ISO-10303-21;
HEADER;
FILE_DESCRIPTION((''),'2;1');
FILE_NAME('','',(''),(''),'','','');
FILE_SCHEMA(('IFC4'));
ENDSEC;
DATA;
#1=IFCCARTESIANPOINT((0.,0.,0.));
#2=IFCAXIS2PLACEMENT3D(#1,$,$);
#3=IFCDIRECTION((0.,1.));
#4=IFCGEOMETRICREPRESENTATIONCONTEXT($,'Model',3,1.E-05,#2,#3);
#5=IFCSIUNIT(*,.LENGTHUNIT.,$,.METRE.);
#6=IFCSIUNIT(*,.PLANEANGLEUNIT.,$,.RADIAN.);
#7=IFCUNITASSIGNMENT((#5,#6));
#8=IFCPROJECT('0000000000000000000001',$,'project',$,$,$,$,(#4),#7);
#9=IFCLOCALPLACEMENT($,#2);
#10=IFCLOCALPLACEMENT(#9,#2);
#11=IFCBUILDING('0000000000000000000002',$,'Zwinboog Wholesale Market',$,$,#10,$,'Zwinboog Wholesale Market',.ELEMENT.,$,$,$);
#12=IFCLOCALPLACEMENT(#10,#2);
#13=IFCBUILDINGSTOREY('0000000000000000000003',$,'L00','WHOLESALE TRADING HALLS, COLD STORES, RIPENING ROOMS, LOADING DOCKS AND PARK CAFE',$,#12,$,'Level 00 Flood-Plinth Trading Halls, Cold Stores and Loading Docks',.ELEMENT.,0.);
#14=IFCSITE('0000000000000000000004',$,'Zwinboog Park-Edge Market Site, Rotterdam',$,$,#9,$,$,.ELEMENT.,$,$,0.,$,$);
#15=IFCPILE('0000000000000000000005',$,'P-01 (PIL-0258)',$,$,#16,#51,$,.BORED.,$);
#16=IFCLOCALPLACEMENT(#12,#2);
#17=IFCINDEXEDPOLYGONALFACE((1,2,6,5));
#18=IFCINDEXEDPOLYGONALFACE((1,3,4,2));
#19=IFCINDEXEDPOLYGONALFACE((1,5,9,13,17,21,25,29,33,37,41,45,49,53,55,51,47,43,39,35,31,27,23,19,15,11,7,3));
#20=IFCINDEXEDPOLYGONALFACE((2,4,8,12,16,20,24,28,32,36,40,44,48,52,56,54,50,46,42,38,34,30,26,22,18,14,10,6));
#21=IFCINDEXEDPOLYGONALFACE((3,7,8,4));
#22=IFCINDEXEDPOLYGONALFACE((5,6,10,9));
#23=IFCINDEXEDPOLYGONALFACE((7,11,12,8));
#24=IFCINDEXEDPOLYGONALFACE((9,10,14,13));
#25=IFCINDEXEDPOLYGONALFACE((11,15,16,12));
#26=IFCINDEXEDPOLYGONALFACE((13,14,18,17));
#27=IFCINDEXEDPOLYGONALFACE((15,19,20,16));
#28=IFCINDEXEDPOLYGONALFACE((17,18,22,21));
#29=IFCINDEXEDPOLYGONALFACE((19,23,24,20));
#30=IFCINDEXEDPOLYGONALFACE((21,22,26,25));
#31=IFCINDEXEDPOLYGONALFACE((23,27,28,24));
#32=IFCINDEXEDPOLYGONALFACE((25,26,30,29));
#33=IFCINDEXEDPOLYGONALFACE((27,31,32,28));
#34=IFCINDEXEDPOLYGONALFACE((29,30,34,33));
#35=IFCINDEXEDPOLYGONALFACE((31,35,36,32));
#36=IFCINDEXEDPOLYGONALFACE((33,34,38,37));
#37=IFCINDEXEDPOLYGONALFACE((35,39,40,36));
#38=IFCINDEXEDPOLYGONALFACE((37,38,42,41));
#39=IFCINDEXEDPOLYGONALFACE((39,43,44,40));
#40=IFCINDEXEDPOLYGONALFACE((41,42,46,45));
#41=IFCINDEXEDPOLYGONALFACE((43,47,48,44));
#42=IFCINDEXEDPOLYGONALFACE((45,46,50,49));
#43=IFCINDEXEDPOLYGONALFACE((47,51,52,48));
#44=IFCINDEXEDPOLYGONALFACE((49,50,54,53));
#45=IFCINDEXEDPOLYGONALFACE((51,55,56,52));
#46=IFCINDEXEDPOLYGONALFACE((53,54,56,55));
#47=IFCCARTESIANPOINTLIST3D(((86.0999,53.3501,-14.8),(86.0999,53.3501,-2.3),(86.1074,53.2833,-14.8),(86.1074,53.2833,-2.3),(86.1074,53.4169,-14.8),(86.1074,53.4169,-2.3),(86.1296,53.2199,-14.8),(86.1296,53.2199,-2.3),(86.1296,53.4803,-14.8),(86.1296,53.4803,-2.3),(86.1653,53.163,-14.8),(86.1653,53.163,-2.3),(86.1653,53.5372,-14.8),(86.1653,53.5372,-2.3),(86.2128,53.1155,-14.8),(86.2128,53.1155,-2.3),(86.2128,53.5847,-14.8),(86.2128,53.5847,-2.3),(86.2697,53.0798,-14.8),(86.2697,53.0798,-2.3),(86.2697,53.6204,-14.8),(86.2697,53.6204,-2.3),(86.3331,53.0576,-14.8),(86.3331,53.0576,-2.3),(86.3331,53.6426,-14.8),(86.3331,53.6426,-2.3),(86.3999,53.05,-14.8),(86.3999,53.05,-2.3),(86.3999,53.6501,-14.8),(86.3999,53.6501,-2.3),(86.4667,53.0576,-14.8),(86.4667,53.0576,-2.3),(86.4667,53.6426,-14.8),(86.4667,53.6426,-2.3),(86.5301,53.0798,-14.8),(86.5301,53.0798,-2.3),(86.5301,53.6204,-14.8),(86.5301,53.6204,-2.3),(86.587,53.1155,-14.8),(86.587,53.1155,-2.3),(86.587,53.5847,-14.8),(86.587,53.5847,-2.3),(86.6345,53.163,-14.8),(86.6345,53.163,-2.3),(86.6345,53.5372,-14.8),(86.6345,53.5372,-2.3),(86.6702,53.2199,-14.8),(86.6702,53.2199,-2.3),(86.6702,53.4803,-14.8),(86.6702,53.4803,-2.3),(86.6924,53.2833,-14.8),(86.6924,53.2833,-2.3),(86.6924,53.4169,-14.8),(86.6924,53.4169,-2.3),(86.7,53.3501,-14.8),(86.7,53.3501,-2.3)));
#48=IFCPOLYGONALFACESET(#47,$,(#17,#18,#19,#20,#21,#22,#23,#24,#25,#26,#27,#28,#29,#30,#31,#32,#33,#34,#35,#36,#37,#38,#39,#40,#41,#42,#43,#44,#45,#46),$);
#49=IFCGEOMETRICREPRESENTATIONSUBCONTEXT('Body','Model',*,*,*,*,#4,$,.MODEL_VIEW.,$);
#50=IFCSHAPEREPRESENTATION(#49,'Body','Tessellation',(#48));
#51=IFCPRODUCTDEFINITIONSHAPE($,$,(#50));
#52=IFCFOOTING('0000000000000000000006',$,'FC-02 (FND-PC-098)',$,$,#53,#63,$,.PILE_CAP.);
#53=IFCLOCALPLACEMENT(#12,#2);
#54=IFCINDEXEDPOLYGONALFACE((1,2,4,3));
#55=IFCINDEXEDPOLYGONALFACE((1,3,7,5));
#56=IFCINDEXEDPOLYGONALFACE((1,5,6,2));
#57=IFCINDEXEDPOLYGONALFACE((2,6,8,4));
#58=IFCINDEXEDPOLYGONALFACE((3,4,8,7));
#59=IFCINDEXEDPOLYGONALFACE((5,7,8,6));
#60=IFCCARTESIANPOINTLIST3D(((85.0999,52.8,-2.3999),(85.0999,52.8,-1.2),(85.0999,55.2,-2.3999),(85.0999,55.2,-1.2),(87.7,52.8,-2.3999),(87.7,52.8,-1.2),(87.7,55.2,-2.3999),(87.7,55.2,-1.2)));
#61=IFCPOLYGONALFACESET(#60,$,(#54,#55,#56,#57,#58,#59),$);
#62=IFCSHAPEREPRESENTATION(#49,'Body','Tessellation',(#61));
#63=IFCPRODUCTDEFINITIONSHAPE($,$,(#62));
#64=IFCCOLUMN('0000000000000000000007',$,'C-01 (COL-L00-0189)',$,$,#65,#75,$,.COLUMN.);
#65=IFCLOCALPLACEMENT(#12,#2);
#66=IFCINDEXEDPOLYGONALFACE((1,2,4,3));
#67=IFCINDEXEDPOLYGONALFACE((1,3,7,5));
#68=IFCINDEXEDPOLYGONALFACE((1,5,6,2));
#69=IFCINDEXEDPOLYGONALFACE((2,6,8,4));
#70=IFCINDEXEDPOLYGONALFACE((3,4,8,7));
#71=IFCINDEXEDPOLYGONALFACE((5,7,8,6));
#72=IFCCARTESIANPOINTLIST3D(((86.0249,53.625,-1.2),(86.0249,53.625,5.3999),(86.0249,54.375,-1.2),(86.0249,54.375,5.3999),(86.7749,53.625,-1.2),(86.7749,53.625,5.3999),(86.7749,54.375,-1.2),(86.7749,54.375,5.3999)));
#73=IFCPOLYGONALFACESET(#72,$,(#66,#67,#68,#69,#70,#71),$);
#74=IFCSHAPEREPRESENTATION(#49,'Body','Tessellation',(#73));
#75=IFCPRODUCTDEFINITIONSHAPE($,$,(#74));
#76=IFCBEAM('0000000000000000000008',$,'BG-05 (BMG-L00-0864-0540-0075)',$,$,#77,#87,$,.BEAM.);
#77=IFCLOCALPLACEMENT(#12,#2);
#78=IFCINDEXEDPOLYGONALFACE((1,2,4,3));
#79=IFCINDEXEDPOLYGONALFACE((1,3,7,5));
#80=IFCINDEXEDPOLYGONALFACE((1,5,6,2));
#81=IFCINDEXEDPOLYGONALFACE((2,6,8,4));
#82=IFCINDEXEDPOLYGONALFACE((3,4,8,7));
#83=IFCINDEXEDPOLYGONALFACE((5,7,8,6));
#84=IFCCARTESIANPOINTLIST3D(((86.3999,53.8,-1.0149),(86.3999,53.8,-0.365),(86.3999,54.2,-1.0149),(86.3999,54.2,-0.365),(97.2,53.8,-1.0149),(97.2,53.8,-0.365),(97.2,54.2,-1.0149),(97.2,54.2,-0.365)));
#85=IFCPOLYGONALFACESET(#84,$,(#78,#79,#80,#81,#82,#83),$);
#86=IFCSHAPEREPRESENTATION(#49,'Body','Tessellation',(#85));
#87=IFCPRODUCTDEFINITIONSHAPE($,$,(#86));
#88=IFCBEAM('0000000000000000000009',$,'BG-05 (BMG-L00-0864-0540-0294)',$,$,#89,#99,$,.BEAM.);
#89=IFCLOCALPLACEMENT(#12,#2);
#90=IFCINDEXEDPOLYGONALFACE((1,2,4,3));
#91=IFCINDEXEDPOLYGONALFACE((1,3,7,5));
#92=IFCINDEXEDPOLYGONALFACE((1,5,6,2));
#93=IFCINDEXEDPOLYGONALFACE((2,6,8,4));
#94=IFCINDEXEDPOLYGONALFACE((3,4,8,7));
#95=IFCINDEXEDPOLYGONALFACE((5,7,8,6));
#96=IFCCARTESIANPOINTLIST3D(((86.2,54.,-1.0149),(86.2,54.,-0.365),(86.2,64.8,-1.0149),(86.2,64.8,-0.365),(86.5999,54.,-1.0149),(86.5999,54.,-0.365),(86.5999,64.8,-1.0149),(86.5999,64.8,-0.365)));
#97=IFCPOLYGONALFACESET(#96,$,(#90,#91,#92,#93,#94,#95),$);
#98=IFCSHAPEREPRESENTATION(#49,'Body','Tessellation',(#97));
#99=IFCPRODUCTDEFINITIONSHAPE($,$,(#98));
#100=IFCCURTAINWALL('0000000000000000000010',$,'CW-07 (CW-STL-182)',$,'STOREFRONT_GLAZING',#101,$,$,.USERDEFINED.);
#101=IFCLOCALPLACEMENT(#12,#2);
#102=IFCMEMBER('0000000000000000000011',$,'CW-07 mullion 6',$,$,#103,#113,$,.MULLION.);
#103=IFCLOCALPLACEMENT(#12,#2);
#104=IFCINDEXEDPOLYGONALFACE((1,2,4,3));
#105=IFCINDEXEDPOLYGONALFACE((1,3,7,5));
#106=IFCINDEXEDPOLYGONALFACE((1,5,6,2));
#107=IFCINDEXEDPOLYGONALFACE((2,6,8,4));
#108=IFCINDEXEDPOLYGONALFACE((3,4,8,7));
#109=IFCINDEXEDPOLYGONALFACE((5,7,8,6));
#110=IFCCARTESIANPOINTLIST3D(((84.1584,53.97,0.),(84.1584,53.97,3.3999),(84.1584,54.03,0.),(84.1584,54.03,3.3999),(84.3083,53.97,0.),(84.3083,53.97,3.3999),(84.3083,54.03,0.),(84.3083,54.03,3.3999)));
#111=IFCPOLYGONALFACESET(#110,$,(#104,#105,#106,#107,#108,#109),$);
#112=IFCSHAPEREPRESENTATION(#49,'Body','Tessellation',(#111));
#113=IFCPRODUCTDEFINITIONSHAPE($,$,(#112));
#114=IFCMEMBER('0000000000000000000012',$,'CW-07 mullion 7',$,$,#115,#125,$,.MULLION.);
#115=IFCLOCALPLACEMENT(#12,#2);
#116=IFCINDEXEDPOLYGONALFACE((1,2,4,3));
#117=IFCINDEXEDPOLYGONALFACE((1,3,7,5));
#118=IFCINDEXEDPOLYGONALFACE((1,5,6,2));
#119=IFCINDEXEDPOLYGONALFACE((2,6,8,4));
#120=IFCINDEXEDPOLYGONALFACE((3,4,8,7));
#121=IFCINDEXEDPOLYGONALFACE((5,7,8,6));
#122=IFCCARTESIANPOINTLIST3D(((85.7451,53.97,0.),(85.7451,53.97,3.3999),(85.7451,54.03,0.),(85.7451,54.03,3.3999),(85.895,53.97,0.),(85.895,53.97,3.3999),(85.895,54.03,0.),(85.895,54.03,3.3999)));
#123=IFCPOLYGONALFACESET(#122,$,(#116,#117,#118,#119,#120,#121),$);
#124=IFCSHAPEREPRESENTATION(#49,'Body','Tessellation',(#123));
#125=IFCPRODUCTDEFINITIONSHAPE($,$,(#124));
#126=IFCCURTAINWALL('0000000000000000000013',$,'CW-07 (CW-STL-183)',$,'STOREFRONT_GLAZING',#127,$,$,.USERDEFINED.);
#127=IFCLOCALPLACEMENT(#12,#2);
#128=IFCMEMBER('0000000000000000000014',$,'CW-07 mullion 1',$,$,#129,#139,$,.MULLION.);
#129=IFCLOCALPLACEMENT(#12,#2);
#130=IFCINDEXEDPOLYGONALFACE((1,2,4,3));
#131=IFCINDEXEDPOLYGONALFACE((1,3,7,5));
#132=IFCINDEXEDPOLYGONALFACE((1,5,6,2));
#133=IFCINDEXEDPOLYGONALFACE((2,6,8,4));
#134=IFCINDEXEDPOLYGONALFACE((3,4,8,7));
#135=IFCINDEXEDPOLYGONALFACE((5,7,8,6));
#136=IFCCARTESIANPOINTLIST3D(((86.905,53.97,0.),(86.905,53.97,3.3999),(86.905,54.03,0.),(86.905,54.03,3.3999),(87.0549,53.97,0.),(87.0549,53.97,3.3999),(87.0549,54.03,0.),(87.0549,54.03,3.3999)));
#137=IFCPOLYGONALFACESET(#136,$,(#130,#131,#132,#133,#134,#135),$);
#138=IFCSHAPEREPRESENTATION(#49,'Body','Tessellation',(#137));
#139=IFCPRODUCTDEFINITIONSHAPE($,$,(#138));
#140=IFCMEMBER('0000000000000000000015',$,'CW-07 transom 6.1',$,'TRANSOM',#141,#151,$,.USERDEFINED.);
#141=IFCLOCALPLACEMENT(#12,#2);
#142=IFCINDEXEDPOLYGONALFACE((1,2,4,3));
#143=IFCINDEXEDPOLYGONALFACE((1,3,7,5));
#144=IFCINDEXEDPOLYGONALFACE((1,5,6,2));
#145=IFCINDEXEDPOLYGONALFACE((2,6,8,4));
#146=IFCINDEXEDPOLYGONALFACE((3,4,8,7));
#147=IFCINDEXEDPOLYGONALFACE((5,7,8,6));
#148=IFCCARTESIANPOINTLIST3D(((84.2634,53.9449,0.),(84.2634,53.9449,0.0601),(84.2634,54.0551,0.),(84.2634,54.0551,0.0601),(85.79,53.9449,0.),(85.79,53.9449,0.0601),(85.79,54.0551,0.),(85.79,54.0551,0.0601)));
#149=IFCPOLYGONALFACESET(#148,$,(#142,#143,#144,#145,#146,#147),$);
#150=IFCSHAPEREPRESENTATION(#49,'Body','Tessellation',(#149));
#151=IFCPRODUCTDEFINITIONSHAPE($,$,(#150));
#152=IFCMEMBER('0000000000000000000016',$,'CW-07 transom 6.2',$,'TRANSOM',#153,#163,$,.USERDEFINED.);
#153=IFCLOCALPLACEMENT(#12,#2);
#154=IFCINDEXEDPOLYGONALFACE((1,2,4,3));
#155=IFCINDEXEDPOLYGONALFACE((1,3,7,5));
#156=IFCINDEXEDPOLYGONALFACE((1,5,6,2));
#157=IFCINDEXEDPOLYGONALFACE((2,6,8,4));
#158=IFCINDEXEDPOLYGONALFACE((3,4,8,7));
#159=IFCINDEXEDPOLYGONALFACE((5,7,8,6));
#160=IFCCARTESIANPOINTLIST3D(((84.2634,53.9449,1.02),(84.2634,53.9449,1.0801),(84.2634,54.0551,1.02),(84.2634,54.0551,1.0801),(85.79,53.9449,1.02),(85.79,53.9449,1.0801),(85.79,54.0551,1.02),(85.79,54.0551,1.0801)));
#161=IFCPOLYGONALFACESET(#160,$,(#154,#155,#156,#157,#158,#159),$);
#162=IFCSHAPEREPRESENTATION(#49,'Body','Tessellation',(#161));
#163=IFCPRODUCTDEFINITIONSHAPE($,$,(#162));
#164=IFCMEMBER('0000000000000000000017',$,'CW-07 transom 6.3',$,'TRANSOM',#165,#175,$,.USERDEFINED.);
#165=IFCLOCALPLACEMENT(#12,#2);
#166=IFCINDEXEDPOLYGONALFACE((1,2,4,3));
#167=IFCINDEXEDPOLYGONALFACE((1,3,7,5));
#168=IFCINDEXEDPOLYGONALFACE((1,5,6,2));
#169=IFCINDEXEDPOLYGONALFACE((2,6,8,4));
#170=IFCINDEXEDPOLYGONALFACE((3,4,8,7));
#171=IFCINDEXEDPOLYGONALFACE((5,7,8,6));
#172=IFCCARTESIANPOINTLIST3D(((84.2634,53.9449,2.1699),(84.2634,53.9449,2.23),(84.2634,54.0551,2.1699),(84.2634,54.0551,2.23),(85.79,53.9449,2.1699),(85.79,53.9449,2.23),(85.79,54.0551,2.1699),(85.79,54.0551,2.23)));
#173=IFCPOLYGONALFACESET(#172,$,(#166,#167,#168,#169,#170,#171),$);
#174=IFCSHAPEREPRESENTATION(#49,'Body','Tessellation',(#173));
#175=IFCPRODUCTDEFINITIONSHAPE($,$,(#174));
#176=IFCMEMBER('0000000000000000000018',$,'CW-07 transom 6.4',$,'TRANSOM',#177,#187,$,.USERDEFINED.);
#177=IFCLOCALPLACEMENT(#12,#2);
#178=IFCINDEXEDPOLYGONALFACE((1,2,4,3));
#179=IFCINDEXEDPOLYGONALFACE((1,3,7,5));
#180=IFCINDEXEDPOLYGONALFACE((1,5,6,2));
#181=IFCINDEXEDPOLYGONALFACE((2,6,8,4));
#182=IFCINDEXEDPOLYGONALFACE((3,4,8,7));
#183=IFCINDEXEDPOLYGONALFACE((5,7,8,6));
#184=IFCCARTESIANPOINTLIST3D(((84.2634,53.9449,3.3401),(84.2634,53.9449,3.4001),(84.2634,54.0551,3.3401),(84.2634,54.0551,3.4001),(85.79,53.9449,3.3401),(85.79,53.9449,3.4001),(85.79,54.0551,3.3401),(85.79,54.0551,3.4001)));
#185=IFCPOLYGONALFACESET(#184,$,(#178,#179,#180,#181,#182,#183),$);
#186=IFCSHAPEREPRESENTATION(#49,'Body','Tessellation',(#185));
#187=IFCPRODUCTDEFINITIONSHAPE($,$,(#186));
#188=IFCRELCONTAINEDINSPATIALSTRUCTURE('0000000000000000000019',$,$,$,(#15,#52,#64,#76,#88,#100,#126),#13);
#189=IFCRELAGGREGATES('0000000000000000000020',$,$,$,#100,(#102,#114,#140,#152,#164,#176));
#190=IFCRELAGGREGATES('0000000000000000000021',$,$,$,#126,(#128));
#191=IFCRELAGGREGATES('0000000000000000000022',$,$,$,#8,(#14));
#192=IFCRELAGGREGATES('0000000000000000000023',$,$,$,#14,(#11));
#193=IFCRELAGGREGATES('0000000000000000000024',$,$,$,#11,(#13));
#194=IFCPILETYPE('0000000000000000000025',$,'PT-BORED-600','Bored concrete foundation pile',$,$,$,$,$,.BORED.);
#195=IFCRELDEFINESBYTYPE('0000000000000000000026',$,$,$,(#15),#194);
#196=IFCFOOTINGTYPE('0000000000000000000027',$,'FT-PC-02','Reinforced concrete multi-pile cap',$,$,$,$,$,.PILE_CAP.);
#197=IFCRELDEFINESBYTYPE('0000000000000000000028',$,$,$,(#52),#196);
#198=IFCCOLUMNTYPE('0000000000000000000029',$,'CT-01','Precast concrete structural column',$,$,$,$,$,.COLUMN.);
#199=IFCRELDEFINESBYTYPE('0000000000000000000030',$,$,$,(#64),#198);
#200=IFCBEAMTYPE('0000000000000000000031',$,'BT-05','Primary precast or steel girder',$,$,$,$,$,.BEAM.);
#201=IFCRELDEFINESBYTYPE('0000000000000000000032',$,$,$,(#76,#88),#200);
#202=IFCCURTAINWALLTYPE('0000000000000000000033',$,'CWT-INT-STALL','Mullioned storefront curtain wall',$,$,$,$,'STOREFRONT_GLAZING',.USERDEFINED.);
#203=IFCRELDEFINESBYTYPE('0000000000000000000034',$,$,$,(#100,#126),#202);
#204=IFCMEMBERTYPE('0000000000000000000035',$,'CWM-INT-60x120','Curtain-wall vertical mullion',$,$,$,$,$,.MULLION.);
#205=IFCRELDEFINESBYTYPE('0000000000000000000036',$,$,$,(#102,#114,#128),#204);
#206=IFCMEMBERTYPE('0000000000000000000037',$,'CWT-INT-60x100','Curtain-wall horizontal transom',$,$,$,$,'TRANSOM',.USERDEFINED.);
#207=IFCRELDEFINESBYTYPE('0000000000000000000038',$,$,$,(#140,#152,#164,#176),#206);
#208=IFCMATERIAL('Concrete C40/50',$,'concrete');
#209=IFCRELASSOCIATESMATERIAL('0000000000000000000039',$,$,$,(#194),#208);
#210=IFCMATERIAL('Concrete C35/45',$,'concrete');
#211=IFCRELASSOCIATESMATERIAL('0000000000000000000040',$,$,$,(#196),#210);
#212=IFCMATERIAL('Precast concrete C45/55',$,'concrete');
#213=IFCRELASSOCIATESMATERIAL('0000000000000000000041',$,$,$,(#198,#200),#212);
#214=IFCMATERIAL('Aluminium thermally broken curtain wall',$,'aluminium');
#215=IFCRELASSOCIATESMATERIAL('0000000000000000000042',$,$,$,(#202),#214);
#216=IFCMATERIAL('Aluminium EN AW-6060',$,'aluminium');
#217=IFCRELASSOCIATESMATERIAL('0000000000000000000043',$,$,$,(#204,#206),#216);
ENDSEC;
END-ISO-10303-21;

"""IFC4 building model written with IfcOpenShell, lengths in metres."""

from ifc_helpers import new_model, si_unit, direction, frame, origin, origin_2d, place, context, subcontext, project, spatial, rectangle, circle, extrude, material, material_profile, profile_set, type_object, element, aggregate, save


model = new_model("IFC4")

# Units and contexts
model_context = context("Model", 3, precision=1e-05, world=origin(), true_north=direction((0.0, 1.0)))
body_context = subcontext(model_context, "Body", "Model", "MODEL_VIEW")
ifc_project = project(units=[si_unit("LENGTHUNIT", "METRE"), si_unit("PLANEANGLEUNIT", "RADIAN")], contexts=[model_context])

# Site, building, storey
site_placement = place(None, origin())
site = spatial("IfcSite", under=ifc_project, at=site_placement, Name="Zwinboog Park-Edge Market Site, Rotterdam", CompositionType="ELEMENT", RefElevation=0.0)
building_placement = place(site_placement, origin())
building = spatial("IfcBuilding", under=site, at=building_placement, Name="Zwinboog Wholesale Market", LongName="Zwinboog Wholesale Market", CompositionType="ELEMENT")
storey_placement = place(building_placement, origin())
storey = spatial("IfcBuildingStorey", under=building, at=storey_placement, Name="L00", Description="WHOLESALE TRADING HALLS, COLD STORES, RIPENING ROOMS, LOADING DOCKS AND PARK CAFE", LongName="Level 00 Flood-Plinth Trading Halls, Cold Stores and Loading Docks", CompositionType="ELEMENT", Elevation=0.0)

# Pile
ifc_material_1 = material(Name="Concrete C40/50", Category="concrete")
ifc_material_profile_1 = material_profile(ifc_material_1, circle(Radius=0.3, at=origin_2d()), Name="PILE D600")
ifc_profile_set_1 = profile_set([ifc_material_profile_1], Name="Concrete C40/50")
pile_type = type_object("IfcPileType", Name="PT-BORED-600", Description="Bored concrete foundation pile", PredefinedType="BORED", material=ifc_profile_set_1)
pile_placement = place(storey_placement, frame((86.3999, 53.3501, -2.3), z_axis=(0.0, 0.0, -1.0), x_axis=(1.0, 0.0, 0.0)))
element("IfcPile", 1, at=pile_placement, inside=storey, type_object=pile_type, Name="P-01 (PIL-0258)", PredefinedType="BORED", context=body_context, shape_type="SweptSolid", body=[
    extrude(circle(Radius=0.3, at=origin_2d()), origin(), (0.0, 0.0, 1.0), 12.5),
])

# Footing
ifc_material_2 = material(Name="Concrete C35/45", Category="concrete")
footing_type = type_object("IfcFootingType", Name="FT-PC-02", Description="Reinforced concrete multi-pile cap", PredefinedType="PILE_CAP", material=ifc_material_2)
footing_placement = place(storey_placement, frame((86.3999, 54.0, -2.3999), z_axis=(0.0, 0.0, 1.0), x_axis=(1.0, 0.0, 0.0)))
element("IfcFooting", 2, at=footing_placement, inside=storey, type_object=footing_type, Name="FC-02 (FND-PC-098)", PredefinedType="PILE_CAP", context=body_context, shape_type="SweptSolid", body=[
    extrude(rectangle(XDim=2.6001, YDim=2.3999, at=origin_2d()), origin(), (0.0, 0.0, 1.0), 1.2),
])

# Column
ifc_material_3 = material(Name="Precast concrete C45/55", Category="concrete")
ifc_material_profile_2 = material_profile(ifc_material_3, rectangle(XDim=0.75, YDim=0.75, at=origin_2d()), Name="PC 750x750")
ifc_profile_set_2 = profile_set([ifc_material_profile_2], Name="Precast concrete C45/55")
column_type = type_object("IfcColumnType", Name="CT-01", Description="Precast concrete structural column", PredefinedType="COLUMN", material=ifc_profile_set_2)
column_placement = place(storey_placement, frame((86.3999, 54.0, -1.2), z_axis=(0.0, 0.0, 1.0), x_axis=(1.0, 0.0, 0.0)))
element("IfcColumn", 3, at=column_placement, inside=storey, type_object=column_type, Name="C-01 (COL-L00-0189)", PredefinedType="COLUMN", context=body_context, shape_type="SweptSolid", body=[
    extrude(rectangle(XDim=0.75, YDim=0.75, at=origin_2d()), origin(), (0.0, 0.0, 1.0), 6.5999),
])

# Beams
ifc_material_profile_3 = material_profile(ifc_material_3, rectangle(XDim=0.3999, YDim=0.6499, at=origin_2d()), Name="PC 400x650")
ifc_profile_set_3 = profile_set([ifc_material_profile_3], Name="Precast concrete C45/55")
beam_type = type_object("IfcBeamType", Name="BT-05", Description="Primary precast or steel girder", PredefinedType="BEAM", material=ifc_profile_set_3)
for number, where, z_axis, x_axis, name in (
    (4, (86.3999, 54.0, -0.6899), (1.0, 0.0, 0.0), (0.0, 1.0, 0.0), "BG-05 (BMG-L00-0864-0540-0075)"),
    (5, (86.3999, 54.0, -0.6899), (0.0, 1.0, 0.0), (-1.0, 0.0, 0.0), "BG-05 (BMG-L00-0864-0540-0294)"),
):
    element("IfcBeam", number, at=place(storey_placement, frame(where, z_axis=z_axis, x_axis=x_axis)), inside=storey, type_object=beam_type, Name=name, PredefinedType="BEAM", context=body_context, shape_type="SweptSolid", body=[
        extrude(rectangle(XDim=0.3999, YDim=0.6499, at=origin_2d()), origin(), (0.0, 0.0, 1.0), 10.8),
    ])

# Curtain wall, members
ifc_material_4 = material(Name="Aluminium thermally broken curtain wall", Category="aluminium")
curtain_wall_type = type_object("IfcCurtainWallType", Name="CWT-INT-STALL", Description="Mullioned storefront curtain wall", ElementType="STOREFRONT_GLAZING", PredefinedType="USERDEFINED", material=ifc_material_4)
curtain_wall_1_placement = place(storey_placement, origin())
curtain_wall_1 = element("IfcCurtainWall", 6, at=curtain_wall_1_placement, inside=storey, type_object=curtain_wall_type, Name="CW-07 (CW-STL-182)", ObjectType="STOREFRONT_GLAZING", PredefinedType="USERDEFINED")
ifc_material_5 = material(Name="Aluminium EN AW-6060", Category="aluminium")
ifc_material_profile_4 = material_profile(ifc_material_5, rectangle(XDim=0.0601, YDim=0.1499, at=origin_2d()), Name="AL 60x150")
ifc_profile_set_4 = profile_set([ifc_material_profile_4], Name="Aluminium EN AW-6060")
member_type_1 = type_object("IfcMemberType", Name="CWM-INT-60x120", Description="Curtain-wall vertical mullion", PredefinedType="MULLION", material=ifc_profile_set_4)
member_1_placement = place(storey_placement, frame((84.2334, 54.0, 0.0), z_axis=(0.0, 0.0, 1.0), x_axis=(0.0, 1.0, 0.0)))
member_1 = element("IfcMember", 7, at=member_1_placement, type_object=member_type_1, Name="CW-07 mullion 6", PredefinedType="MULLION", context=body_context, shape_type="SweptSolid", body=[
    extrude(rectangle(XDim=0.0601, YDim=0.1499, at=origin_2d()), origin(), (0.0, 0.0, 1.0), 3.3999),
])
member_2_placement = place(storey_placement, frame((85.8201, 54.0, 0.0), z_axis=(0.0, 0.0, 1.0), x_axis=(0.0, 1.0, 0.0)))
member_2 = element("IfcMember", 8, at=member_2_placement, type_object=member_type_1, Name="CW-07 mullion 7", PredefinedType="MULLION", context=body_context, shape_type="SweptSolid", body=[
    extrude(rectangle(XDim=0.0601, YDim=0.1499, at=origin_2d()), origin(), (0.0, 0.0, 1.0), 3.3999),
])

# Curtain wall, member
curtain_wall_2_placement = place(storey_placement, origin())
curtain_wall_2 = element("IfcCurtainWall", 9, at=curtain_wall_2_placement, inside=storey, type_object=curtain_wall_type, Name="CW-07 (CW-STL-183)", ObjectType="STOREFRONT_GLAZING", PredefinedType="USERDEFINED")
member_3_placement = place(storey_placement, frame((86.98, 54.0, 0.0), z_axis=(0.0, 0.0, 1.0), x_axis=(0.0, 1.0, 0.0)))
member_3 = element("IfcMember", 10, at=member_3_placement, type_object=member_type_1, Name="CW-07 mullion 1", PredefinedType="MULLION", context=body_context, shape_type="SweptSolid", body=[
    extrude(rectangle(XDim=0.0601, YDim=0.1499, at=origin_2d()), origin(), (0.0, 0.0, 1.0), 3.3999),
])

# Members
ifc_material_profile_5 = material_profile(ifc_material_5, rectangle(XDim=0.1101, YDim=0.0601, at=origin_2d()), Name="AL 60x110")
ifc_profile_set_5 = profile_set([ifc_material_profile_5], Name="Aluminium EN AW-6060")
member_type_2 = type_object("IfcMemberType", Name="CWT-INT-60x100", Description="Curtain-wall horizontal transom", ElementType="TRANSOM", PredefinedType="USERDEFINED", material=ifc_profile_set_5)
member_4_placement = place(storey_placement, frame((84.2634, 54.0, 0.03), z_axis=(1.0, 0.0, 0.0), x_axis=(0.0, 1.0, 0.0)))
member_4 = element("IfcMember", 11, at=member_4_placement, type_object=member_type_2, Name="CW-07 transom 6.1", ObjectType="TRANSOM", PredefinedType="USERDEFINED", context=body_context, shape_type="SweptSolid", body=[
    extrude(rectangle(XDim=0.1101, YDim=0.0601, at=origin_2d()), origin(), (0.0, 0.0, 1.0), 1.5266),
])
member_5_placement = place(storey_placement, frame((84.2634, 54.0, 1.05), z_axis=(1.0, 0.0, 0.0), x_axis=(0.0, 1.0, 0.0)))
member_5 = element("IfcMember", 12, at=member_5_placement, type_object=member_type_2, Name="CW-07 transom 6.2", ObjectType="TRANSOM", PredefinedType="USERDEFINED", context=body_context, shape_type="SweptSolid", body=[
    extrude(rectangle(XDim=0.1101, YDim=0.0601, at=origin_2d()), origin(), (0.0, 0.0, 1.0), 1.5266),
])
member_6_placement = place(storey_placement, frame((84.2634, 54.0, 2.2), z_axis=(1.0, 0.0, 0.0), x_axis=(0.0, 1.0, 0.0)))
member_6 = element("IfcMember", 13, at=member_6_placement, type_object=member_type_2, Name="CW-07 transom 6.3", ObjectType="TRANSOM", PredefinedType="USERDEFINED", context=body_context, shape_type="SweptSolid", body=[
    extrude(rectangle(XDim=0.1101, YDim=0.0601, at=origin_2d()), origin(), (0.0, 0.0, 1.0), 1.5266),
])
member_7_placement = place(storey_placement, frame((84.2634, 54.0, 3.3701), z_axis=(1.0, 0.0, 0.0), x_axis=(0.0, 1.0, 0.0)))
member_7 = element("IfcMember", 14, at=member_7_placement, type_object=member_type_2, Name="CW-07 transom 6.4", ObjectType="TRANSOM", PredefinedType="USERDEFINED", context=body_context, shape_type="SweptSolid", body=[
    extrude(rectangle(XDim=0.1101, YDim=0.0601, at=origin_2d()), origin(), (0.0, 0.0, 1.0), 1.5266),
])

aggregate(curtain_wall_1, [member_1, member_2, member_4, member_5, member_6, member_7])
aggregate(curtain_wall_2, [member_3])

save(model, "model.ifc")
